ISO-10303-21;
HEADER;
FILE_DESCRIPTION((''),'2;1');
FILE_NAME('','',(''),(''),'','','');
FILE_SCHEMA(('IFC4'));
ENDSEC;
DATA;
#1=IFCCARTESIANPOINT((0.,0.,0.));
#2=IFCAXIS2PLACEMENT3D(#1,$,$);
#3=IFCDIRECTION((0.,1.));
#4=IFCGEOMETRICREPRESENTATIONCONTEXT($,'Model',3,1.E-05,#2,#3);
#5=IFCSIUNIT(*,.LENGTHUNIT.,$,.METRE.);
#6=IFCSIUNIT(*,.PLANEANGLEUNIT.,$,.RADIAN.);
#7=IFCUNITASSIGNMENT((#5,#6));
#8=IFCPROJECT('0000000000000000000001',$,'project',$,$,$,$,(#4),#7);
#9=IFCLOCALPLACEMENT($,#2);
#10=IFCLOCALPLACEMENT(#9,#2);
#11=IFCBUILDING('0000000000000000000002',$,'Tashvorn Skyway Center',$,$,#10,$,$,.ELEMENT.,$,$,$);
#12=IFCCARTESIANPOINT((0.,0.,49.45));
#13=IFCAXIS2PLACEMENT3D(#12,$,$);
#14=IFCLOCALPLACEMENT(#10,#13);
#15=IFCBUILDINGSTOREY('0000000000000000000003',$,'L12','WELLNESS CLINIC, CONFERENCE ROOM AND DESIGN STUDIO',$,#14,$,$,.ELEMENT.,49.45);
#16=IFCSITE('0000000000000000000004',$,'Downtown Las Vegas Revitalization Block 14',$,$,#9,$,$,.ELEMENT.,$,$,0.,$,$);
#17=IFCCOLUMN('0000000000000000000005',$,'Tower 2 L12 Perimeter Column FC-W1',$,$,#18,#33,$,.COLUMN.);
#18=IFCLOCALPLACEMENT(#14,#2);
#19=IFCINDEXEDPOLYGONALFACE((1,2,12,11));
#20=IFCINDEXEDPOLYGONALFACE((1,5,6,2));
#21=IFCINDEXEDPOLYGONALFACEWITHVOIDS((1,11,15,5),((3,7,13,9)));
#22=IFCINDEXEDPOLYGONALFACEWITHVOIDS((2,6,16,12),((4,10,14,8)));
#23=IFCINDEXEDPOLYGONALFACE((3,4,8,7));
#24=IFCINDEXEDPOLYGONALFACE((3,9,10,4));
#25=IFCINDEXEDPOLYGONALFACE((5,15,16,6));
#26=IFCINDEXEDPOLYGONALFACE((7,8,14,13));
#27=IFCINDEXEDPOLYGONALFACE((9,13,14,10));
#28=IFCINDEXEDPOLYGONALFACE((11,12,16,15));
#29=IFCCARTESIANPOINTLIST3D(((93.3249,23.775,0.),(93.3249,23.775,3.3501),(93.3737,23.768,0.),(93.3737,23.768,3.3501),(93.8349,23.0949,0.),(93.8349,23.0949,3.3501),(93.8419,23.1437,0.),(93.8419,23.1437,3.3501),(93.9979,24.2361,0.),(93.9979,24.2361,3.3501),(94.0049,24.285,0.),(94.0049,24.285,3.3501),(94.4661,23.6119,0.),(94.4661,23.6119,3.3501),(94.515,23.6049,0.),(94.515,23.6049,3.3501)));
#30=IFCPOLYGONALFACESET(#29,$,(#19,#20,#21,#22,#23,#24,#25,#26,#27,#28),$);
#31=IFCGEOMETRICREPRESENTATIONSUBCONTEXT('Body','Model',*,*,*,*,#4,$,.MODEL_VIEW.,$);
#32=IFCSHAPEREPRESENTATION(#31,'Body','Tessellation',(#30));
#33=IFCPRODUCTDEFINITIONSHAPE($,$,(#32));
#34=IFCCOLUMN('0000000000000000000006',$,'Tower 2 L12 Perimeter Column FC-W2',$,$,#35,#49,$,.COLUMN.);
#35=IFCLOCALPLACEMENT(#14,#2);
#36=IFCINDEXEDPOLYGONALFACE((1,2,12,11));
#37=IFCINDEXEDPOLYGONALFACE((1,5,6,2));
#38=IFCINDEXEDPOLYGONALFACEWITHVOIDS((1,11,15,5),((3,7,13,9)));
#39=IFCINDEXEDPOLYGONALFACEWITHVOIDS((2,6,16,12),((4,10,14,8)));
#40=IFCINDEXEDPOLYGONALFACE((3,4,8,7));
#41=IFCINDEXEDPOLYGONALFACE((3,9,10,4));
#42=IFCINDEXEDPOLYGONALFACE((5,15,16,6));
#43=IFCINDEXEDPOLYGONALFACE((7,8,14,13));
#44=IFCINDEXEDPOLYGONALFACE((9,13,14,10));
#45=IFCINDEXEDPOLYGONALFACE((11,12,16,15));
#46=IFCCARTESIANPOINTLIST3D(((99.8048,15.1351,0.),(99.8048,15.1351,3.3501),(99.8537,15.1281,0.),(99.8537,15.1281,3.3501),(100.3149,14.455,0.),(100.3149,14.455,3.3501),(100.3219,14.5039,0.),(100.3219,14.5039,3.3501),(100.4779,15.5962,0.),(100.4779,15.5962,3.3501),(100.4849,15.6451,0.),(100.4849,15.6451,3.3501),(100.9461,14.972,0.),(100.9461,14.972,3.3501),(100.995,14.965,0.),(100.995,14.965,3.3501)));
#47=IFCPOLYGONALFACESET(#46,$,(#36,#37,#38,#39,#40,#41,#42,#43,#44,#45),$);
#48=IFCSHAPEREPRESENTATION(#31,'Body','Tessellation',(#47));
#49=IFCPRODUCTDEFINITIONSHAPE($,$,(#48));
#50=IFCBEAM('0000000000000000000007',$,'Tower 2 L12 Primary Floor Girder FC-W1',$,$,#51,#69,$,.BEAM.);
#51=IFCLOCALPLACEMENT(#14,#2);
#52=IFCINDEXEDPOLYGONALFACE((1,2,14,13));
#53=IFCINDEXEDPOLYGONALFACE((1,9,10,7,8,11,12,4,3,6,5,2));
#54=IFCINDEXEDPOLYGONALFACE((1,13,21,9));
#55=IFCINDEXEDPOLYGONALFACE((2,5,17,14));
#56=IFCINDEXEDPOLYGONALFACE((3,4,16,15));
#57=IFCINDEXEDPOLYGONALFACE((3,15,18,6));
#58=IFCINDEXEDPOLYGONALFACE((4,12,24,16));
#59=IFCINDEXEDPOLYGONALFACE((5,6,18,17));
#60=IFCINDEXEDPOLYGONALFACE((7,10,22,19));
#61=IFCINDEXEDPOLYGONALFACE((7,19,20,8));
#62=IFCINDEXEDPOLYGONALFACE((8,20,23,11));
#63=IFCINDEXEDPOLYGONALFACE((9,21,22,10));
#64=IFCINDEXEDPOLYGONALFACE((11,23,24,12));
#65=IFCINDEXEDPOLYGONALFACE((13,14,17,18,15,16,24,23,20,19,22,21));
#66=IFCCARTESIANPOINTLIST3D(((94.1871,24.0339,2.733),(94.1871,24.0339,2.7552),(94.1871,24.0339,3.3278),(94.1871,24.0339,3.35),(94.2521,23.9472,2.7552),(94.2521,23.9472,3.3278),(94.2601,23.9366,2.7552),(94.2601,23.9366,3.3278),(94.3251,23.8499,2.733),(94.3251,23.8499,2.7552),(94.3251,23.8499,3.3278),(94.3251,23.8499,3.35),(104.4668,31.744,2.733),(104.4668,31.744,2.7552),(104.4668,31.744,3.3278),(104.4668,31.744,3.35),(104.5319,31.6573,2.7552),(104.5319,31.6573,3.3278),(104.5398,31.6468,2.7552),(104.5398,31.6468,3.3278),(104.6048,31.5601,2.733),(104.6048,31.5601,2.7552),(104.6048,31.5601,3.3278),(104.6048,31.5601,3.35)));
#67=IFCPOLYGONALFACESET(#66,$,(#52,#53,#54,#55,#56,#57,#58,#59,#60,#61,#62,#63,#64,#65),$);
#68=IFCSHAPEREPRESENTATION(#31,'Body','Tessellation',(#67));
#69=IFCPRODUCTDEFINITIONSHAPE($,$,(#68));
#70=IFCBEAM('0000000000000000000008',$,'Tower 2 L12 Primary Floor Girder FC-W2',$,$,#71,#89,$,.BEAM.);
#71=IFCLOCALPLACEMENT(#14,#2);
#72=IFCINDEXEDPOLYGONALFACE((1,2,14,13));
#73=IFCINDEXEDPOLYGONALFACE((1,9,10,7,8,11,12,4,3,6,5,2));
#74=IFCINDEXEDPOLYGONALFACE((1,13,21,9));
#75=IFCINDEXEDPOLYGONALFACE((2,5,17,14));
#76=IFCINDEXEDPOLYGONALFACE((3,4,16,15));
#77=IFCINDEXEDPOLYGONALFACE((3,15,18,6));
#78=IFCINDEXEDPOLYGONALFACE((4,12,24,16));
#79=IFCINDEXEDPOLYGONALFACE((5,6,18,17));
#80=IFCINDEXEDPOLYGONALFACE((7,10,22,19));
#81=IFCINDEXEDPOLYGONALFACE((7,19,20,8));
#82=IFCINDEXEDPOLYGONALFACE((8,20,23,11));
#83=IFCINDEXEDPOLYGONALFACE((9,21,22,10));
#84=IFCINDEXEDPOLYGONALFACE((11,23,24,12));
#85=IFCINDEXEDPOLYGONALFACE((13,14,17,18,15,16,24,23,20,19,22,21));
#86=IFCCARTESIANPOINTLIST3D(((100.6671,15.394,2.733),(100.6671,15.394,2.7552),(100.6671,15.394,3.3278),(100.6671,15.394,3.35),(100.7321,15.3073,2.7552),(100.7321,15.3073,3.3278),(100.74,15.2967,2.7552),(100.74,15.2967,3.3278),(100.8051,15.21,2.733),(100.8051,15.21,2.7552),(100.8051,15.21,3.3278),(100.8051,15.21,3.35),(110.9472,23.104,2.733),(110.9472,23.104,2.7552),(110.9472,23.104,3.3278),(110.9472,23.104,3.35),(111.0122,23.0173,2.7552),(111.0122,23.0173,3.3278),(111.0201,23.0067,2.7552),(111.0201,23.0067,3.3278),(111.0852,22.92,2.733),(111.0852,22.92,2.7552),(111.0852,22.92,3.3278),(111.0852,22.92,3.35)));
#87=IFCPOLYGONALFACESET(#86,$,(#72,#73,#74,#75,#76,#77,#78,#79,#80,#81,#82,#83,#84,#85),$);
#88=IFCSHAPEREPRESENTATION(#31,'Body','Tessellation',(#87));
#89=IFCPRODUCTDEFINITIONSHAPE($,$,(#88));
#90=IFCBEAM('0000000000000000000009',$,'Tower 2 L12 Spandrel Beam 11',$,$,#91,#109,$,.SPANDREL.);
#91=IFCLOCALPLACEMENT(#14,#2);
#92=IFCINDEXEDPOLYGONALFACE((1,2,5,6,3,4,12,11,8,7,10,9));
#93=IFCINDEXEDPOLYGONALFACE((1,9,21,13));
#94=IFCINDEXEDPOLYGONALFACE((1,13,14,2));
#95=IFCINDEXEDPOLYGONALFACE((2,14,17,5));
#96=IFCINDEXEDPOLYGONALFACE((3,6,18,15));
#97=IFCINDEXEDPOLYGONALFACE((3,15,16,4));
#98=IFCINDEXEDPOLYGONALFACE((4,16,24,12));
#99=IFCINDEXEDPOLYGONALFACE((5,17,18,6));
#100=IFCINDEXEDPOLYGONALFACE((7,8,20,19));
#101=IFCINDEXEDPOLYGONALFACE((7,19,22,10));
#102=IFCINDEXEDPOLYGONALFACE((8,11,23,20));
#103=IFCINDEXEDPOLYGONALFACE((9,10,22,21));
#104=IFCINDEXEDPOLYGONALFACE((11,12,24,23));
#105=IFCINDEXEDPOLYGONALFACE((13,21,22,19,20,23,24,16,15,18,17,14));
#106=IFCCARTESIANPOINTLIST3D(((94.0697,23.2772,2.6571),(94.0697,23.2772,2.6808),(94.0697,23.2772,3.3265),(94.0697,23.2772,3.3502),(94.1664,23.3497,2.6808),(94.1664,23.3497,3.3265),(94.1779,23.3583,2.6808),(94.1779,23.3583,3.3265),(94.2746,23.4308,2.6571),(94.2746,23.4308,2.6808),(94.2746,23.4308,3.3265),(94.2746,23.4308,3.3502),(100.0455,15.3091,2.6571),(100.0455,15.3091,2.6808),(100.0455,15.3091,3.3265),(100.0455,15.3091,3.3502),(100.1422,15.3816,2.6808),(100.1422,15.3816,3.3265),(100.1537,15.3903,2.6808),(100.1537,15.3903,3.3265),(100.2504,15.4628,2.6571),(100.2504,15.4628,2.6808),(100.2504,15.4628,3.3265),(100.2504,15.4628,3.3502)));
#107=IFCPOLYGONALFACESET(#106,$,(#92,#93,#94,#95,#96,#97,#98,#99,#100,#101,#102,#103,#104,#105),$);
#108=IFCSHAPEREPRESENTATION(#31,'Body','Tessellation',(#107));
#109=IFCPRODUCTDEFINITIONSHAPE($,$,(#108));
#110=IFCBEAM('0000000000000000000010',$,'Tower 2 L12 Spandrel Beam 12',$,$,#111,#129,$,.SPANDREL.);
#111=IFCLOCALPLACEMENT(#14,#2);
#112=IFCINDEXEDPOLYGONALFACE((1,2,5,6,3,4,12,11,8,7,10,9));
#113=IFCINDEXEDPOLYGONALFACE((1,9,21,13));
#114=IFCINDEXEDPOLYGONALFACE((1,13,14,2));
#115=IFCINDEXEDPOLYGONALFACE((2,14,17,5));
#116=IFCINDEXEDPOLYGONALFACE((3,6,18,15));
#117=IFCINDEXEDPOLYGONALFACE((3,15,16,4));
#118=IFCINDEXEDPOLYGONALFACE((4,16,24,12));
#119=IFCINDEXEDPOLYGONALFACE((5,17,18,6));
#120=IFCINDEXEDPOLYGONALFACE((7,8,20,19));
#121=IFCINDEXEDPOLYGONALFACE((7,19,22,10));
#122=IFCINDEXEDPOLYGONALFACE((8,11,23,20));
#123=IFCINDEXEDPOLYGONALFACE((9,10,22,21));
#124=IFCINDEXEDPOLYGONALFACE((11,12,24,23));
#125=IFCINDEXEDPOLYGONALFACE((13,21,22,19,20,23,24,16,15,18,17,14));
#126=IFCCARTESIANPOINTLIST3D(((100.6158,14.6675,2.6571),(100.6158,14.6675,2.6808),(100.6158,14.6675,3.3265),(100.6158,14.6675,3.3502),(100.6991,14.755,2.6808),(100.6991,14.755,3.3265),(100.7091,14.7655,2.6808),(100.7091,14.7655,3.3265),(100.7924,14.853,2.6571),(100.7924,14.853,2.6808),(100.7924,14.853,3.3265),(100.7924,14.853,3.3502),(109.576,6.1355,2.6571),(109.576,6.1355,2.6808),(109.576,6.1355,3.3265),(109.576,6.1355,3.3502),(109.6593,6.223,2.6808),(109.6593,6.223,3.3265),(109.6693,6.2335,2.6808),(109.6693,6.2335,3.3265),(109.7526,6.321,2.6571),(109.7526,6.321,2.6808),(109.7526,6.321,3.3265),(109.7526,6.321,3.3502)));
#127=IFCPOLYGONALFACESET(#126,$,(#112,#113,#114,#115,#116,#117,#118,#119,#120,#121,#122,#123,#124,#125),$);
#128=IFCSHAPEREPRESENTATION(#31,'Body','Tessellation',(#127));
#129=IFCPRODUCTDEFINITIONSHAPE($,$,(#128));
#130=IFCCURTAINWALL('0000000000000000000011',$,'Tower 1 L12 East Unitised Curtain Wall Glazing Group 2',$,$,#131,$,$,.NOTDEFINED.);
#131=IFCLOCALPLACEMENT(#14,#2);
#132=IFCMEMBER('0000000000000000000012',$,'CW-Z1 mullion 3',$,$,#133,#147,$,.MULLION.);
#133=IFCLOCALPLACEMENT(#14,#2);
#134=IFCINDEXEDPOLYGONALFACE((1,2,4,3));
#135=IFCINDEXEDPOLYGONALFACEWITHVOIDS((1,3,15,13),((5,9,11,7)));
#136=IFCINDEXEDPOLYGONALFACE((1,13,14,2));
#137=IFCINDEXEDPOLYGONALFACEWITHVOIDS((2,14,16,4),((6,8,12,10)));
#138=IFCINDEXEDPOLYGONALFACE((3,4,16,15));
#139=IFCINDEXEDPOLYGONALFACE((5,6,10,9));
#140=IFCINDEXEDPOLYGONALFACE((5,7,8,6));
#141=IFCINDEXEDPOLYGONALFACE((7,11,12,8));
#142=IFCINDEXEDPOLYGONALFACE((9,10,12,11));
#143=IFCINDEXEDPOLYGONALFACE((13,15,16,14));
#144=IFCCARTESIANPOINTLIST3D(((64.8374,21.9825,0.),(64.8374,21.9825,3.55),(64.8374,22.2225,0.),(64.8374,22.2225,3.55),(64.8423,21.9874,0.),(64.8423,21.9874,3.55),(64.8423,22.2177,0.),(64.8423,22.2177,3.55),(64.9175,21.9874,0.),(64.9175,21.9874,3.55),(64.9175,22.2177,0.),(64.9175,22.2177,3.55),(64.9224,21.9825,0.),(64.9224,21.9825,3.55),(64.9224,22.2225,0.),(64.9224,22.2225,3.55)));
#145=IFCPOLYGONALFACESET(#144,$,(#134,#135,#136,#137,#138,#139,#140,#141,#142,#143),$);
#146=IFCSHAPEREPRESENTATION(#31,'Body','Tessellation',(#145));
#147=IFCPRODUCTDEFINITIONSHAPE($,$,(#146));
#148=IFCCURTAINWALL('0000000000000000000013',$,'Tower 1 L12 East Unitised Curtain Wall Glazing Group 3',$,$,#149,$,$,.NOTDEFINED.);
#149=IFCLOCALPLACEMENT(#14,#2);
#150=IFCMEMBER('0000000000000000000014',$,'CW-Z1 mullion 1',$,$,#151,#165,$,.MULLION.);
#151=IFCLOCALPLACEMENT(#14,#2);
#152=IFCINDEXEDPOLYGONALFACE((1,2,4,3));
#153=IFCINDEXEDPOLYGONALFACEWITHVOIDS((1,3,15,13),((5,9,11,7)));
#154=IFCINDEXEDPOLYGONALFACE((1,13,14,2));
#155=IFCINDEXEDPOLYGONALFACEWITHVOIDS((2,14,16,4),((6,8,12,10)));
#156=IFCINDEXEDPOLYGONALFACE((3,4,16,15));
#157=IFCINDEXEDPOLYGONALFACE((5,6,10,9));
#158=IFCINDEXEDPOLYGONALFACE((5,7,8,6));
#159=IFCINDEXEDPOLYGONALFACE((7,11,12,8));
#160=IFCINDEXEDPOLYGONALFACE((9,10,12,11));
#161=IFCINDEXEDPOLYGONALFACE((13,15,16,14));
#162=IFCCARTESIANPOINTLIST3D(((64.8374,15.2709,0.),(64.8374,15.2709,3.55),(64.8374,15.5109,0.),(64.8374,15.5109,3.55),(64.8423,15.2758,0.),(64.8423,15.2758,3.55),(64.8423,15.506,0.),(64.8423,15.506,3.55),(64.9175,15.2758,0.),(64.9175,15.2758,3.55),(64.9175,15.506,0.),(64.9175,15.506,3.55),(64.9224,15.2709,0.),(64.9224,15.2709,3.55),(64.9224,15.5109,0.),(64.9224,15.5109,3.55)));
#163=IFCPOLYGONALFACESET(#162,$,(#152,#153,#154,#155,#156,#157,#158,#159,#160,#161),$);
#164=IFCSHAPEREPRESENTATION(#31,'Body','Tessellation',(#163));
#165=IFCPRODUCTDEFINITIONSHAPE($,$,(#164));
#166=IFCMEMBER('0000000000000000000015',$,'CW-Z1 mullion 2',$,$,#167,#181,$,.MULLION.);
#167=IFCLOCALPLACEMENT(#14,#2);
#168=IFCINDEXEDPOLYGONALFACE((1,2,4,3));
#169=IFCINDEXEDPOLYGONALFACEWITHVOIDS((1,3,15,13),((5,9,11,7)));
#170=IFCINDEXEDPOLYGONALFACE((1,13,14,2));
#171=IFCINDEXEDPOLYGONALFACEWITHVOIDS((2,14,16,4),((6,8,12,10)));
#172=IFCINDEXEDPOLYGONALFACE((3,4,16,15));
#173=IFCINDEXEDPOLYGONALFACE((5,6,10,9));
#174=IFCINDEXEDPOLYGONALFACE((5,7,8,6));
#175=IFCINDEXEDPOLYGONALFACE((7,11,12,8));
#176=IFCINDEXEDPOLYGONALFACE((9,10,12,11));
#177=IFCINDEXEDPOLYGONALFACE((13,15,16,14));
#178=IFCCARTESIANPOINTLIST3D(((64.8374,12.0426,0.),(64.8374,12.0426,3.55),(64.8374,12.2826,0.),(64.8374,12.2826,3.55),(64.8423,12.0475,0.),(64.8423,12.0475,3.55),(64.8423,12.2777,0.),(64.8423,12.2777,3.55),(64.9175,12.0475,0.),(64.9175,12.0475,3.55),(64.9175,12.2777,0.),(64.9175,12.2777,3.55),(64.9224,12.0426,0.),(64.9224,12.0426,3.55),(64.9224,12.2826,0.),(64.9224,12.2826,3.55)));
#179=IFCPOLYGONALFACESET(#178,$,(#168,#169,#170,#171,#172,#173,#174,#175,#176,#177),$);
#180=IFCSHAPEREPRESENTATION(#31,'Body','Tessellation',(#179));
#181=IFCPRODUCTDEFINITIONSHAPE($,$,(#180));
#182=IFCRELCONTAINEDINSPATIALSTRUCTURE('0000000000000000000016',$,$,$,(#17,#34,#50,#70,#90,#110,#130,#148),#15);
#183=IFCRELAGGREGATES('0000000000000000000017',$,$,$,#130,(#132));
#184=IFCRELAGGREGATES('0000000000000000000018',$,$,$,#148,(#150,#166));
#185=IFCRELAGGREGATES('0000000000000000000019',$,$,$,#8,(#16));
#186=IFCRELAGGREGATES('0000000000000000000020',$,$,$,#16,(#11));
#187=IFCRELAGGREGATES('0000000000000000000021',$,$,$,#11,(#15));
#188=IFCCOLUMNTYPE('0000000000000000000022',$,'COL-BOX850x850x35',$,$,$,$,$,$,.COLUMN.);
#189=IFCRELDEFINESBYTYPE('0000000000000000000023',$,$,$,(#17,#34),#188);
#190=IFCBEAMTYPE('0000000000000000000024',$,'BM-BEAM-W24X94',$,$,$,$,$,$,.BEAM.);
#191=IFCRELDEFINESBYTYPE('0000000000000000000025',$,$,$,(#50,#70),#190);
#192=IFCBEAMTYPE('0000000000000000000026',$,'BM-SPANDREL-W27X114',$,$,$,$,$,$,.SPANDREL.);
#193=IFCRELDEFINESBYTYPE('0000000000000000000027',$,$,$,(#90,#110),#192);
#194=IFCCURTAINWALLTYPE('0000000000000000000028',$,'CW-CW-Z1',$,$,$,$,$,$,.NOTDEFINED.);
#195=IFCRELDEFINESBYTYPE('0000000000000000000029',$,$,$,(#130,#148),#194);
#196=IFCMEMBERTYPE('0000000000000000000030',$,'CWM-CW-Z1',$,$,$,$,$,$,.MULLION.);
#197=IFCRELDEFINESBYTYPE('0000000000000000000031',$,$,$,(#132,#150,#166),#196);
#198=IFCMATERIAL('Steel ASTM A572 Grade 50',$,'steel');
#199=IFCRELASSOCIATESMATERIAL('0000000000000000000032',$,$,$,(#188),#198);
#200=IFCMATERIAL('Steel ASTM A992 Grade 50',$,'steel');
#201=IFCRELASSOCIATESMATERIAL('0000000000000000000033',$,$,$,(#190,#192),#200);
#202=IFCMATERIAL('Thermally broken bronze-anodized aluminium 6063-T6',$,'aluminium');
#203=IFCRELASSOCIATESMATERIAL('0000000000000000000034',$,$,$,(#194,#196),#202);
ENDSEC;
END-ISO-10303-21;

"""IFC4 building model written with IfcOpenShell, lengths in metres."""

from ifc_helpers import new_model, si_unit, direction, frame, origin, origin_2d, place, context, subcontext, project, spatial, hollow_rectangle, i_section, extrude, material, material_profile, profile_set, type_object, element, aggregate, save


model = new_model("IFC4")

# Units and contexts
model_context = context("Model", 3, precision=1e-05, world=origin(), true_north=direction((0.0, 1.0)))
body_context = subcontext(model_context, "Body", "Model", "MODEL_VIEW")
ifc_project = project(units=[si_unit("LENGTHUNIT", "METRE"), si_unit("PLANEANGLEUNIT", "RADIAN")], contexts=[model_context])

# Site, building, storey
site_placement = place(None, origin())
site = spatial("IfcSite", under=ifc_project, at=site_placement, Name="Downtown Las Vegas Revitalization Block 14", CompositionType="ELEMENT", RefElevation=0.0)
building_placement = place(site_placement, origin())
building = spatial("IfcBuilding", under=site, at=building_placement, Name="Tashvorn Skyway Center", CompositionType="ELEMENT")
storey_placement = place(building_placement, frame((0.0, 0.0, 49.45)))
storey = spatial("IfcBuildingStorey", under=building, at=storey_placement, Name="L12", Description="WELLNESS CLINIC, CONFERENCE ROOM AND DESIGN STUDIO", CompositionType="ELEMENT", Elevation=49.45)

# Columns
ifc_material_1 = material(Name="Steel ASTM A572 Grade 50", Category="steel")
ifc_material_profile_1 = material_profile(ifc_material_1, hollow_rectangle(XDim=0.8501, YDim=0.8501, WallThickness=0.0349, at=origin_2d()), Name="BOX850x850x35")
ifc_profile_set_1 = profile_set([ifc_material_profile_1], Name="Steel ASTM A572 Grade 50")
column_type = type_object("IfcColumnType", Name="COL-BOX850x850x35", PredefinedType="COLUMN", material=ifc_profile_set_1)
for number, where, z_axis, x_axis, name in (
    (1, (93.9199, 23.6899, 0.0), (0.0, 0.0, 1.0), (0.8, 0.6, 0.0), "Tower 2 L12 Perimeter Column FC-W1"),
    (2, (100.3999, 15.05, 0.0), (0.0, 0.0, 1.0), (0.8, 0.6, 0.0), "Tower 2 L12 Perimeter Column FC-W2"),
):
    element("IfcColumn", number, at=place(storey_placement, frame(where, z_axis=z_axis, x_axis=x_axis)), inside=storey, type_object=column_type, Name=name, PredefinedType="COLUMN", context=body_context, shape_type="SweptSolid", body=[
        extrude(hollow_rectangle(XDim=0.8501, YDim=0.8501, WallThickness=0.0349, at=origin_2d()), origin(), (0.0, 0.0, 1.0), 3.3501),
    ])

# Beams
ifc_material_2 = material(Name="Steel ASTM A992 Grade 50", Category="steel")
ifc_material_profile_2 = material_profile(ifc_material_2, i_section(OverallWidth=0.23, OverallDepth=0.6169, WebThickness=0.0132, FlangeThickness=0.0222, at=origin_2d()), Name="W24X94")
ifc_profile_set_2 = profile_set([ifc_material_profile_2], Name="Steel ASTM A992 Grade 50")
beam_type_1 = type_object("IfcBeamType", Name="BM-BEAM-W24X94", PredefinedType="BEAM", material=ifc_profile_set_2)
beam_1_placement = place(storey_placement, frame((94.2561, 23.9419, 3.0415), z_axis=(0.799986, 0.600018, 0.0), x_axis=(-0.600018, 0.799986, 0.0)))
element("IfcBeam", 3, at=beam_1_placement, inside=storey, type_object=beam_type_1, Name="Tower 2 L12 Primary Floor Girder FC-W1", PredefinedType="BEAM", context=body_context, shape_type="SweptSolid", body=[
    extrude(i_section(OverallWidth=0.23, OverallDepth=0.6169, WebThickness=0.0132, FlangeThickness=0.0222, at=origin_2d()), origin(), (0.0, 0.0, 1.0), 12.8499),
])
beam_2_placement = place(storey_placement, frame((100.7361, 15.302, 3.0415), z_axis=(0.800002, 0.599997, 0.0), x_axis=(-0.599997, 0.800002, 0.0)))
element("IfcBeam", 4, at=beam_2_placement, inside=storey, type_object=beam_type_1, Name="Tower 2 L12 Primary Floor Girder FC-W2", PredefinedType="BEAM", context=body_context, shape_type="SweptSolid", body=[
    extrude(i_section(OverallWidth=0.23, OverallDepth=0.6169, WebThickness=0.0132, FlangeThickness=0.0222, at=origin_2d()), origin(), (0.0, 0.0, 1.0), 12.8501),
])
ifc_material_profile_3 = material_profile(ifc_material_2, i_section(OverallWidth=0.2561, OverallDepth=0.6931, WebThickness=0.0144, FlangeThickness=0.0237, at=origin_2d()), Name="W27X114")
ifc_profile_set_3 = profile_set([ifc_material_profile_3], Name="Steel ASTM A992 Grade 50")
beam_type_2 = type_object("IfcBeamType", Name="BM-SPANDREL-W27X114", PredefinedType="SPANDREL", material=ifc_profile_set_3)
beam_3_placement = place(storey_placement, frame((94.1721, 23.354, 3.0037), z_axis=(0.599988, -0.800009, 0.0), x_axis=(0.800009, 0.599988, 0.0)))
element("IfcBeam", 5, at=beam_3_placement, inside=storey, type_object=beam_type_2, Name="Tower 2 L12 Spandrel Beam 11", PredefinedType="SPANDREL", context=body_context, shape_type="SweptSolid", body=[
    extrude(i_section(OverallWidth=0.2561, OverallDepth=0.6931, WebThickness=0.0144, FlangeThickness=0.0237, at=origin_2d()), origin(), (0.0, 0.0, 1.0), 9.96),
])
beam_4_placement = place(storey_placement, frame((100.7041, 14.7603, 3.0037), z_axis=(0.7242, -0.68959, 0.0), x_axis=(0.68959, 0.7242, 0.0)))
element("IfcBeam", 6, at=beam_4_placement, inside=storey, type_object=beam_type_2, Name="Tower 2 L12 Spandrel Beam 12", PredefinedType="SPANDREL", context=body_context, shape_type="SweptSolid", body=[
    extrude(i_section(OverallWidth=0.2561, OverallDepth=0.6931, WebThickness=0.0144, FlangeThickness=0.0237, at=origin_2d()), origin(), (0.0, 0.0, 1.0), 12.3726),
])

# Curtain wall, member
ifc_material_3 = material(Name="Thermally broken bronze-anodized aluminium 6063-T6", Category="aluminium")
curtain_wall_type = type_object("IfcCurtainWallType", Name="CW-CW-Z1", PredefinedType="NOTDEFINED", material=ifc_material_3)
curtain_wall_1_placement = place(storey_placement, origin())
curtain_wall_1 = element("IfcCurtainWall", 7, at=curtain_wall_1_placement, inside=storey, type_object=curtain_wall_type, Name="Tower 1 L12 East Unitised Curtain Wall Glazing Group 2", PredefinedType="NOTDEFINED")
ifc_material_profile_4 = material_profile(ifc_material_3, hollow_rectangle(XDim=0.085, YDim=0.24, WallThickness=0.0049, at=origin_2d()), Name="ALU-MULL-85x240")
ifc_profile_set_4 = profile_set([ifc_material_profile_4], Name="Thermally broken bronze-anodized aluminium 6063-T6")
member_type_1 = type_object("IfcMemberType", Name="CWM-CW-Z1", PredefinedType="MULLION", material=ifc_profile_set_4)
member_1_placement = place(storey_placement, frame((64.8799, 22.1025, 0.0), z_axis=(0.0, 0.0, 1.0), x_axis=(1.0, 0.0, 0.0)))
member_1 = element("IfcMember", 8, at=member_1_placement, type_object=member_type_1, Name="CW-Z1 mullion 3", PredefinedType="MULLION", context=body_context, shape_type="SweptSolid", body=[
    extrude(hollow_rectangle(XDim=0.085, YDim=0.24, WallThickness=0.0049, at=origin_2d()), origin(), (0.0, 0.0, 1.0), 3.55),
])

# Curtain wall, members
curtain_wall_2_placement = place(storey_placement, origin())
curtain_wall_2 = element("IfcCurtainWall", 9, at=curtain_wall_2_placement, inside=storey, type_object=curtain_wall_type, Name="Tower 1 L12 East Unitised Curtain Wall Glazing Group 3", PredefinedType="NOTDEFINED")
member_2_placement = place(storey_placement, frame((64.8799, 15.3909, 0.0), z_axis=(0.0, 0.0, 1.0), x_axis=(1.0, 0.0, 0.0)))
member_2 = element("IfcMember", 10, at=member_2_placement, type_object=member_type_1, Name="CW-Z1 mullion 1", PredefinedType="MULLION", context=body_context, shape_type="SweptSolid", body=[
    extrude(hollow_rectangle(XDim=0.085, YDim=0.24, WallThickness=0.0049, at=origin_2d()), origin(), (0.0, 0.0, 1.0), 3.55),
])
member_3_placement = place(storey_placement, frame((64.8799, 12.1626, 0.0), z_axis=(0.0, 0.0, 1.0), x_axis=(1.0, 0.0, 0.0)))
member_3 = element("IfcMember", 11, at=member_3_placement, type_object=member_type_1, Name="CW-Z1 mullion 2", PredefinedType="MULLION", context=body_context, shape_type="SweptSolid", body=[
    extrude(hollow_rectangle(XDim=0.085, YDim=0.24, WallThickness=0.0049, at=origin_2d()), origin(), (0.0, 0.0, 1.0), 3.55),
])

aggregate(curtain_wall_1, [member_1])
aggregate(curtain_wall_2, [member_2, member_3])

save(model, "model.ifc")
